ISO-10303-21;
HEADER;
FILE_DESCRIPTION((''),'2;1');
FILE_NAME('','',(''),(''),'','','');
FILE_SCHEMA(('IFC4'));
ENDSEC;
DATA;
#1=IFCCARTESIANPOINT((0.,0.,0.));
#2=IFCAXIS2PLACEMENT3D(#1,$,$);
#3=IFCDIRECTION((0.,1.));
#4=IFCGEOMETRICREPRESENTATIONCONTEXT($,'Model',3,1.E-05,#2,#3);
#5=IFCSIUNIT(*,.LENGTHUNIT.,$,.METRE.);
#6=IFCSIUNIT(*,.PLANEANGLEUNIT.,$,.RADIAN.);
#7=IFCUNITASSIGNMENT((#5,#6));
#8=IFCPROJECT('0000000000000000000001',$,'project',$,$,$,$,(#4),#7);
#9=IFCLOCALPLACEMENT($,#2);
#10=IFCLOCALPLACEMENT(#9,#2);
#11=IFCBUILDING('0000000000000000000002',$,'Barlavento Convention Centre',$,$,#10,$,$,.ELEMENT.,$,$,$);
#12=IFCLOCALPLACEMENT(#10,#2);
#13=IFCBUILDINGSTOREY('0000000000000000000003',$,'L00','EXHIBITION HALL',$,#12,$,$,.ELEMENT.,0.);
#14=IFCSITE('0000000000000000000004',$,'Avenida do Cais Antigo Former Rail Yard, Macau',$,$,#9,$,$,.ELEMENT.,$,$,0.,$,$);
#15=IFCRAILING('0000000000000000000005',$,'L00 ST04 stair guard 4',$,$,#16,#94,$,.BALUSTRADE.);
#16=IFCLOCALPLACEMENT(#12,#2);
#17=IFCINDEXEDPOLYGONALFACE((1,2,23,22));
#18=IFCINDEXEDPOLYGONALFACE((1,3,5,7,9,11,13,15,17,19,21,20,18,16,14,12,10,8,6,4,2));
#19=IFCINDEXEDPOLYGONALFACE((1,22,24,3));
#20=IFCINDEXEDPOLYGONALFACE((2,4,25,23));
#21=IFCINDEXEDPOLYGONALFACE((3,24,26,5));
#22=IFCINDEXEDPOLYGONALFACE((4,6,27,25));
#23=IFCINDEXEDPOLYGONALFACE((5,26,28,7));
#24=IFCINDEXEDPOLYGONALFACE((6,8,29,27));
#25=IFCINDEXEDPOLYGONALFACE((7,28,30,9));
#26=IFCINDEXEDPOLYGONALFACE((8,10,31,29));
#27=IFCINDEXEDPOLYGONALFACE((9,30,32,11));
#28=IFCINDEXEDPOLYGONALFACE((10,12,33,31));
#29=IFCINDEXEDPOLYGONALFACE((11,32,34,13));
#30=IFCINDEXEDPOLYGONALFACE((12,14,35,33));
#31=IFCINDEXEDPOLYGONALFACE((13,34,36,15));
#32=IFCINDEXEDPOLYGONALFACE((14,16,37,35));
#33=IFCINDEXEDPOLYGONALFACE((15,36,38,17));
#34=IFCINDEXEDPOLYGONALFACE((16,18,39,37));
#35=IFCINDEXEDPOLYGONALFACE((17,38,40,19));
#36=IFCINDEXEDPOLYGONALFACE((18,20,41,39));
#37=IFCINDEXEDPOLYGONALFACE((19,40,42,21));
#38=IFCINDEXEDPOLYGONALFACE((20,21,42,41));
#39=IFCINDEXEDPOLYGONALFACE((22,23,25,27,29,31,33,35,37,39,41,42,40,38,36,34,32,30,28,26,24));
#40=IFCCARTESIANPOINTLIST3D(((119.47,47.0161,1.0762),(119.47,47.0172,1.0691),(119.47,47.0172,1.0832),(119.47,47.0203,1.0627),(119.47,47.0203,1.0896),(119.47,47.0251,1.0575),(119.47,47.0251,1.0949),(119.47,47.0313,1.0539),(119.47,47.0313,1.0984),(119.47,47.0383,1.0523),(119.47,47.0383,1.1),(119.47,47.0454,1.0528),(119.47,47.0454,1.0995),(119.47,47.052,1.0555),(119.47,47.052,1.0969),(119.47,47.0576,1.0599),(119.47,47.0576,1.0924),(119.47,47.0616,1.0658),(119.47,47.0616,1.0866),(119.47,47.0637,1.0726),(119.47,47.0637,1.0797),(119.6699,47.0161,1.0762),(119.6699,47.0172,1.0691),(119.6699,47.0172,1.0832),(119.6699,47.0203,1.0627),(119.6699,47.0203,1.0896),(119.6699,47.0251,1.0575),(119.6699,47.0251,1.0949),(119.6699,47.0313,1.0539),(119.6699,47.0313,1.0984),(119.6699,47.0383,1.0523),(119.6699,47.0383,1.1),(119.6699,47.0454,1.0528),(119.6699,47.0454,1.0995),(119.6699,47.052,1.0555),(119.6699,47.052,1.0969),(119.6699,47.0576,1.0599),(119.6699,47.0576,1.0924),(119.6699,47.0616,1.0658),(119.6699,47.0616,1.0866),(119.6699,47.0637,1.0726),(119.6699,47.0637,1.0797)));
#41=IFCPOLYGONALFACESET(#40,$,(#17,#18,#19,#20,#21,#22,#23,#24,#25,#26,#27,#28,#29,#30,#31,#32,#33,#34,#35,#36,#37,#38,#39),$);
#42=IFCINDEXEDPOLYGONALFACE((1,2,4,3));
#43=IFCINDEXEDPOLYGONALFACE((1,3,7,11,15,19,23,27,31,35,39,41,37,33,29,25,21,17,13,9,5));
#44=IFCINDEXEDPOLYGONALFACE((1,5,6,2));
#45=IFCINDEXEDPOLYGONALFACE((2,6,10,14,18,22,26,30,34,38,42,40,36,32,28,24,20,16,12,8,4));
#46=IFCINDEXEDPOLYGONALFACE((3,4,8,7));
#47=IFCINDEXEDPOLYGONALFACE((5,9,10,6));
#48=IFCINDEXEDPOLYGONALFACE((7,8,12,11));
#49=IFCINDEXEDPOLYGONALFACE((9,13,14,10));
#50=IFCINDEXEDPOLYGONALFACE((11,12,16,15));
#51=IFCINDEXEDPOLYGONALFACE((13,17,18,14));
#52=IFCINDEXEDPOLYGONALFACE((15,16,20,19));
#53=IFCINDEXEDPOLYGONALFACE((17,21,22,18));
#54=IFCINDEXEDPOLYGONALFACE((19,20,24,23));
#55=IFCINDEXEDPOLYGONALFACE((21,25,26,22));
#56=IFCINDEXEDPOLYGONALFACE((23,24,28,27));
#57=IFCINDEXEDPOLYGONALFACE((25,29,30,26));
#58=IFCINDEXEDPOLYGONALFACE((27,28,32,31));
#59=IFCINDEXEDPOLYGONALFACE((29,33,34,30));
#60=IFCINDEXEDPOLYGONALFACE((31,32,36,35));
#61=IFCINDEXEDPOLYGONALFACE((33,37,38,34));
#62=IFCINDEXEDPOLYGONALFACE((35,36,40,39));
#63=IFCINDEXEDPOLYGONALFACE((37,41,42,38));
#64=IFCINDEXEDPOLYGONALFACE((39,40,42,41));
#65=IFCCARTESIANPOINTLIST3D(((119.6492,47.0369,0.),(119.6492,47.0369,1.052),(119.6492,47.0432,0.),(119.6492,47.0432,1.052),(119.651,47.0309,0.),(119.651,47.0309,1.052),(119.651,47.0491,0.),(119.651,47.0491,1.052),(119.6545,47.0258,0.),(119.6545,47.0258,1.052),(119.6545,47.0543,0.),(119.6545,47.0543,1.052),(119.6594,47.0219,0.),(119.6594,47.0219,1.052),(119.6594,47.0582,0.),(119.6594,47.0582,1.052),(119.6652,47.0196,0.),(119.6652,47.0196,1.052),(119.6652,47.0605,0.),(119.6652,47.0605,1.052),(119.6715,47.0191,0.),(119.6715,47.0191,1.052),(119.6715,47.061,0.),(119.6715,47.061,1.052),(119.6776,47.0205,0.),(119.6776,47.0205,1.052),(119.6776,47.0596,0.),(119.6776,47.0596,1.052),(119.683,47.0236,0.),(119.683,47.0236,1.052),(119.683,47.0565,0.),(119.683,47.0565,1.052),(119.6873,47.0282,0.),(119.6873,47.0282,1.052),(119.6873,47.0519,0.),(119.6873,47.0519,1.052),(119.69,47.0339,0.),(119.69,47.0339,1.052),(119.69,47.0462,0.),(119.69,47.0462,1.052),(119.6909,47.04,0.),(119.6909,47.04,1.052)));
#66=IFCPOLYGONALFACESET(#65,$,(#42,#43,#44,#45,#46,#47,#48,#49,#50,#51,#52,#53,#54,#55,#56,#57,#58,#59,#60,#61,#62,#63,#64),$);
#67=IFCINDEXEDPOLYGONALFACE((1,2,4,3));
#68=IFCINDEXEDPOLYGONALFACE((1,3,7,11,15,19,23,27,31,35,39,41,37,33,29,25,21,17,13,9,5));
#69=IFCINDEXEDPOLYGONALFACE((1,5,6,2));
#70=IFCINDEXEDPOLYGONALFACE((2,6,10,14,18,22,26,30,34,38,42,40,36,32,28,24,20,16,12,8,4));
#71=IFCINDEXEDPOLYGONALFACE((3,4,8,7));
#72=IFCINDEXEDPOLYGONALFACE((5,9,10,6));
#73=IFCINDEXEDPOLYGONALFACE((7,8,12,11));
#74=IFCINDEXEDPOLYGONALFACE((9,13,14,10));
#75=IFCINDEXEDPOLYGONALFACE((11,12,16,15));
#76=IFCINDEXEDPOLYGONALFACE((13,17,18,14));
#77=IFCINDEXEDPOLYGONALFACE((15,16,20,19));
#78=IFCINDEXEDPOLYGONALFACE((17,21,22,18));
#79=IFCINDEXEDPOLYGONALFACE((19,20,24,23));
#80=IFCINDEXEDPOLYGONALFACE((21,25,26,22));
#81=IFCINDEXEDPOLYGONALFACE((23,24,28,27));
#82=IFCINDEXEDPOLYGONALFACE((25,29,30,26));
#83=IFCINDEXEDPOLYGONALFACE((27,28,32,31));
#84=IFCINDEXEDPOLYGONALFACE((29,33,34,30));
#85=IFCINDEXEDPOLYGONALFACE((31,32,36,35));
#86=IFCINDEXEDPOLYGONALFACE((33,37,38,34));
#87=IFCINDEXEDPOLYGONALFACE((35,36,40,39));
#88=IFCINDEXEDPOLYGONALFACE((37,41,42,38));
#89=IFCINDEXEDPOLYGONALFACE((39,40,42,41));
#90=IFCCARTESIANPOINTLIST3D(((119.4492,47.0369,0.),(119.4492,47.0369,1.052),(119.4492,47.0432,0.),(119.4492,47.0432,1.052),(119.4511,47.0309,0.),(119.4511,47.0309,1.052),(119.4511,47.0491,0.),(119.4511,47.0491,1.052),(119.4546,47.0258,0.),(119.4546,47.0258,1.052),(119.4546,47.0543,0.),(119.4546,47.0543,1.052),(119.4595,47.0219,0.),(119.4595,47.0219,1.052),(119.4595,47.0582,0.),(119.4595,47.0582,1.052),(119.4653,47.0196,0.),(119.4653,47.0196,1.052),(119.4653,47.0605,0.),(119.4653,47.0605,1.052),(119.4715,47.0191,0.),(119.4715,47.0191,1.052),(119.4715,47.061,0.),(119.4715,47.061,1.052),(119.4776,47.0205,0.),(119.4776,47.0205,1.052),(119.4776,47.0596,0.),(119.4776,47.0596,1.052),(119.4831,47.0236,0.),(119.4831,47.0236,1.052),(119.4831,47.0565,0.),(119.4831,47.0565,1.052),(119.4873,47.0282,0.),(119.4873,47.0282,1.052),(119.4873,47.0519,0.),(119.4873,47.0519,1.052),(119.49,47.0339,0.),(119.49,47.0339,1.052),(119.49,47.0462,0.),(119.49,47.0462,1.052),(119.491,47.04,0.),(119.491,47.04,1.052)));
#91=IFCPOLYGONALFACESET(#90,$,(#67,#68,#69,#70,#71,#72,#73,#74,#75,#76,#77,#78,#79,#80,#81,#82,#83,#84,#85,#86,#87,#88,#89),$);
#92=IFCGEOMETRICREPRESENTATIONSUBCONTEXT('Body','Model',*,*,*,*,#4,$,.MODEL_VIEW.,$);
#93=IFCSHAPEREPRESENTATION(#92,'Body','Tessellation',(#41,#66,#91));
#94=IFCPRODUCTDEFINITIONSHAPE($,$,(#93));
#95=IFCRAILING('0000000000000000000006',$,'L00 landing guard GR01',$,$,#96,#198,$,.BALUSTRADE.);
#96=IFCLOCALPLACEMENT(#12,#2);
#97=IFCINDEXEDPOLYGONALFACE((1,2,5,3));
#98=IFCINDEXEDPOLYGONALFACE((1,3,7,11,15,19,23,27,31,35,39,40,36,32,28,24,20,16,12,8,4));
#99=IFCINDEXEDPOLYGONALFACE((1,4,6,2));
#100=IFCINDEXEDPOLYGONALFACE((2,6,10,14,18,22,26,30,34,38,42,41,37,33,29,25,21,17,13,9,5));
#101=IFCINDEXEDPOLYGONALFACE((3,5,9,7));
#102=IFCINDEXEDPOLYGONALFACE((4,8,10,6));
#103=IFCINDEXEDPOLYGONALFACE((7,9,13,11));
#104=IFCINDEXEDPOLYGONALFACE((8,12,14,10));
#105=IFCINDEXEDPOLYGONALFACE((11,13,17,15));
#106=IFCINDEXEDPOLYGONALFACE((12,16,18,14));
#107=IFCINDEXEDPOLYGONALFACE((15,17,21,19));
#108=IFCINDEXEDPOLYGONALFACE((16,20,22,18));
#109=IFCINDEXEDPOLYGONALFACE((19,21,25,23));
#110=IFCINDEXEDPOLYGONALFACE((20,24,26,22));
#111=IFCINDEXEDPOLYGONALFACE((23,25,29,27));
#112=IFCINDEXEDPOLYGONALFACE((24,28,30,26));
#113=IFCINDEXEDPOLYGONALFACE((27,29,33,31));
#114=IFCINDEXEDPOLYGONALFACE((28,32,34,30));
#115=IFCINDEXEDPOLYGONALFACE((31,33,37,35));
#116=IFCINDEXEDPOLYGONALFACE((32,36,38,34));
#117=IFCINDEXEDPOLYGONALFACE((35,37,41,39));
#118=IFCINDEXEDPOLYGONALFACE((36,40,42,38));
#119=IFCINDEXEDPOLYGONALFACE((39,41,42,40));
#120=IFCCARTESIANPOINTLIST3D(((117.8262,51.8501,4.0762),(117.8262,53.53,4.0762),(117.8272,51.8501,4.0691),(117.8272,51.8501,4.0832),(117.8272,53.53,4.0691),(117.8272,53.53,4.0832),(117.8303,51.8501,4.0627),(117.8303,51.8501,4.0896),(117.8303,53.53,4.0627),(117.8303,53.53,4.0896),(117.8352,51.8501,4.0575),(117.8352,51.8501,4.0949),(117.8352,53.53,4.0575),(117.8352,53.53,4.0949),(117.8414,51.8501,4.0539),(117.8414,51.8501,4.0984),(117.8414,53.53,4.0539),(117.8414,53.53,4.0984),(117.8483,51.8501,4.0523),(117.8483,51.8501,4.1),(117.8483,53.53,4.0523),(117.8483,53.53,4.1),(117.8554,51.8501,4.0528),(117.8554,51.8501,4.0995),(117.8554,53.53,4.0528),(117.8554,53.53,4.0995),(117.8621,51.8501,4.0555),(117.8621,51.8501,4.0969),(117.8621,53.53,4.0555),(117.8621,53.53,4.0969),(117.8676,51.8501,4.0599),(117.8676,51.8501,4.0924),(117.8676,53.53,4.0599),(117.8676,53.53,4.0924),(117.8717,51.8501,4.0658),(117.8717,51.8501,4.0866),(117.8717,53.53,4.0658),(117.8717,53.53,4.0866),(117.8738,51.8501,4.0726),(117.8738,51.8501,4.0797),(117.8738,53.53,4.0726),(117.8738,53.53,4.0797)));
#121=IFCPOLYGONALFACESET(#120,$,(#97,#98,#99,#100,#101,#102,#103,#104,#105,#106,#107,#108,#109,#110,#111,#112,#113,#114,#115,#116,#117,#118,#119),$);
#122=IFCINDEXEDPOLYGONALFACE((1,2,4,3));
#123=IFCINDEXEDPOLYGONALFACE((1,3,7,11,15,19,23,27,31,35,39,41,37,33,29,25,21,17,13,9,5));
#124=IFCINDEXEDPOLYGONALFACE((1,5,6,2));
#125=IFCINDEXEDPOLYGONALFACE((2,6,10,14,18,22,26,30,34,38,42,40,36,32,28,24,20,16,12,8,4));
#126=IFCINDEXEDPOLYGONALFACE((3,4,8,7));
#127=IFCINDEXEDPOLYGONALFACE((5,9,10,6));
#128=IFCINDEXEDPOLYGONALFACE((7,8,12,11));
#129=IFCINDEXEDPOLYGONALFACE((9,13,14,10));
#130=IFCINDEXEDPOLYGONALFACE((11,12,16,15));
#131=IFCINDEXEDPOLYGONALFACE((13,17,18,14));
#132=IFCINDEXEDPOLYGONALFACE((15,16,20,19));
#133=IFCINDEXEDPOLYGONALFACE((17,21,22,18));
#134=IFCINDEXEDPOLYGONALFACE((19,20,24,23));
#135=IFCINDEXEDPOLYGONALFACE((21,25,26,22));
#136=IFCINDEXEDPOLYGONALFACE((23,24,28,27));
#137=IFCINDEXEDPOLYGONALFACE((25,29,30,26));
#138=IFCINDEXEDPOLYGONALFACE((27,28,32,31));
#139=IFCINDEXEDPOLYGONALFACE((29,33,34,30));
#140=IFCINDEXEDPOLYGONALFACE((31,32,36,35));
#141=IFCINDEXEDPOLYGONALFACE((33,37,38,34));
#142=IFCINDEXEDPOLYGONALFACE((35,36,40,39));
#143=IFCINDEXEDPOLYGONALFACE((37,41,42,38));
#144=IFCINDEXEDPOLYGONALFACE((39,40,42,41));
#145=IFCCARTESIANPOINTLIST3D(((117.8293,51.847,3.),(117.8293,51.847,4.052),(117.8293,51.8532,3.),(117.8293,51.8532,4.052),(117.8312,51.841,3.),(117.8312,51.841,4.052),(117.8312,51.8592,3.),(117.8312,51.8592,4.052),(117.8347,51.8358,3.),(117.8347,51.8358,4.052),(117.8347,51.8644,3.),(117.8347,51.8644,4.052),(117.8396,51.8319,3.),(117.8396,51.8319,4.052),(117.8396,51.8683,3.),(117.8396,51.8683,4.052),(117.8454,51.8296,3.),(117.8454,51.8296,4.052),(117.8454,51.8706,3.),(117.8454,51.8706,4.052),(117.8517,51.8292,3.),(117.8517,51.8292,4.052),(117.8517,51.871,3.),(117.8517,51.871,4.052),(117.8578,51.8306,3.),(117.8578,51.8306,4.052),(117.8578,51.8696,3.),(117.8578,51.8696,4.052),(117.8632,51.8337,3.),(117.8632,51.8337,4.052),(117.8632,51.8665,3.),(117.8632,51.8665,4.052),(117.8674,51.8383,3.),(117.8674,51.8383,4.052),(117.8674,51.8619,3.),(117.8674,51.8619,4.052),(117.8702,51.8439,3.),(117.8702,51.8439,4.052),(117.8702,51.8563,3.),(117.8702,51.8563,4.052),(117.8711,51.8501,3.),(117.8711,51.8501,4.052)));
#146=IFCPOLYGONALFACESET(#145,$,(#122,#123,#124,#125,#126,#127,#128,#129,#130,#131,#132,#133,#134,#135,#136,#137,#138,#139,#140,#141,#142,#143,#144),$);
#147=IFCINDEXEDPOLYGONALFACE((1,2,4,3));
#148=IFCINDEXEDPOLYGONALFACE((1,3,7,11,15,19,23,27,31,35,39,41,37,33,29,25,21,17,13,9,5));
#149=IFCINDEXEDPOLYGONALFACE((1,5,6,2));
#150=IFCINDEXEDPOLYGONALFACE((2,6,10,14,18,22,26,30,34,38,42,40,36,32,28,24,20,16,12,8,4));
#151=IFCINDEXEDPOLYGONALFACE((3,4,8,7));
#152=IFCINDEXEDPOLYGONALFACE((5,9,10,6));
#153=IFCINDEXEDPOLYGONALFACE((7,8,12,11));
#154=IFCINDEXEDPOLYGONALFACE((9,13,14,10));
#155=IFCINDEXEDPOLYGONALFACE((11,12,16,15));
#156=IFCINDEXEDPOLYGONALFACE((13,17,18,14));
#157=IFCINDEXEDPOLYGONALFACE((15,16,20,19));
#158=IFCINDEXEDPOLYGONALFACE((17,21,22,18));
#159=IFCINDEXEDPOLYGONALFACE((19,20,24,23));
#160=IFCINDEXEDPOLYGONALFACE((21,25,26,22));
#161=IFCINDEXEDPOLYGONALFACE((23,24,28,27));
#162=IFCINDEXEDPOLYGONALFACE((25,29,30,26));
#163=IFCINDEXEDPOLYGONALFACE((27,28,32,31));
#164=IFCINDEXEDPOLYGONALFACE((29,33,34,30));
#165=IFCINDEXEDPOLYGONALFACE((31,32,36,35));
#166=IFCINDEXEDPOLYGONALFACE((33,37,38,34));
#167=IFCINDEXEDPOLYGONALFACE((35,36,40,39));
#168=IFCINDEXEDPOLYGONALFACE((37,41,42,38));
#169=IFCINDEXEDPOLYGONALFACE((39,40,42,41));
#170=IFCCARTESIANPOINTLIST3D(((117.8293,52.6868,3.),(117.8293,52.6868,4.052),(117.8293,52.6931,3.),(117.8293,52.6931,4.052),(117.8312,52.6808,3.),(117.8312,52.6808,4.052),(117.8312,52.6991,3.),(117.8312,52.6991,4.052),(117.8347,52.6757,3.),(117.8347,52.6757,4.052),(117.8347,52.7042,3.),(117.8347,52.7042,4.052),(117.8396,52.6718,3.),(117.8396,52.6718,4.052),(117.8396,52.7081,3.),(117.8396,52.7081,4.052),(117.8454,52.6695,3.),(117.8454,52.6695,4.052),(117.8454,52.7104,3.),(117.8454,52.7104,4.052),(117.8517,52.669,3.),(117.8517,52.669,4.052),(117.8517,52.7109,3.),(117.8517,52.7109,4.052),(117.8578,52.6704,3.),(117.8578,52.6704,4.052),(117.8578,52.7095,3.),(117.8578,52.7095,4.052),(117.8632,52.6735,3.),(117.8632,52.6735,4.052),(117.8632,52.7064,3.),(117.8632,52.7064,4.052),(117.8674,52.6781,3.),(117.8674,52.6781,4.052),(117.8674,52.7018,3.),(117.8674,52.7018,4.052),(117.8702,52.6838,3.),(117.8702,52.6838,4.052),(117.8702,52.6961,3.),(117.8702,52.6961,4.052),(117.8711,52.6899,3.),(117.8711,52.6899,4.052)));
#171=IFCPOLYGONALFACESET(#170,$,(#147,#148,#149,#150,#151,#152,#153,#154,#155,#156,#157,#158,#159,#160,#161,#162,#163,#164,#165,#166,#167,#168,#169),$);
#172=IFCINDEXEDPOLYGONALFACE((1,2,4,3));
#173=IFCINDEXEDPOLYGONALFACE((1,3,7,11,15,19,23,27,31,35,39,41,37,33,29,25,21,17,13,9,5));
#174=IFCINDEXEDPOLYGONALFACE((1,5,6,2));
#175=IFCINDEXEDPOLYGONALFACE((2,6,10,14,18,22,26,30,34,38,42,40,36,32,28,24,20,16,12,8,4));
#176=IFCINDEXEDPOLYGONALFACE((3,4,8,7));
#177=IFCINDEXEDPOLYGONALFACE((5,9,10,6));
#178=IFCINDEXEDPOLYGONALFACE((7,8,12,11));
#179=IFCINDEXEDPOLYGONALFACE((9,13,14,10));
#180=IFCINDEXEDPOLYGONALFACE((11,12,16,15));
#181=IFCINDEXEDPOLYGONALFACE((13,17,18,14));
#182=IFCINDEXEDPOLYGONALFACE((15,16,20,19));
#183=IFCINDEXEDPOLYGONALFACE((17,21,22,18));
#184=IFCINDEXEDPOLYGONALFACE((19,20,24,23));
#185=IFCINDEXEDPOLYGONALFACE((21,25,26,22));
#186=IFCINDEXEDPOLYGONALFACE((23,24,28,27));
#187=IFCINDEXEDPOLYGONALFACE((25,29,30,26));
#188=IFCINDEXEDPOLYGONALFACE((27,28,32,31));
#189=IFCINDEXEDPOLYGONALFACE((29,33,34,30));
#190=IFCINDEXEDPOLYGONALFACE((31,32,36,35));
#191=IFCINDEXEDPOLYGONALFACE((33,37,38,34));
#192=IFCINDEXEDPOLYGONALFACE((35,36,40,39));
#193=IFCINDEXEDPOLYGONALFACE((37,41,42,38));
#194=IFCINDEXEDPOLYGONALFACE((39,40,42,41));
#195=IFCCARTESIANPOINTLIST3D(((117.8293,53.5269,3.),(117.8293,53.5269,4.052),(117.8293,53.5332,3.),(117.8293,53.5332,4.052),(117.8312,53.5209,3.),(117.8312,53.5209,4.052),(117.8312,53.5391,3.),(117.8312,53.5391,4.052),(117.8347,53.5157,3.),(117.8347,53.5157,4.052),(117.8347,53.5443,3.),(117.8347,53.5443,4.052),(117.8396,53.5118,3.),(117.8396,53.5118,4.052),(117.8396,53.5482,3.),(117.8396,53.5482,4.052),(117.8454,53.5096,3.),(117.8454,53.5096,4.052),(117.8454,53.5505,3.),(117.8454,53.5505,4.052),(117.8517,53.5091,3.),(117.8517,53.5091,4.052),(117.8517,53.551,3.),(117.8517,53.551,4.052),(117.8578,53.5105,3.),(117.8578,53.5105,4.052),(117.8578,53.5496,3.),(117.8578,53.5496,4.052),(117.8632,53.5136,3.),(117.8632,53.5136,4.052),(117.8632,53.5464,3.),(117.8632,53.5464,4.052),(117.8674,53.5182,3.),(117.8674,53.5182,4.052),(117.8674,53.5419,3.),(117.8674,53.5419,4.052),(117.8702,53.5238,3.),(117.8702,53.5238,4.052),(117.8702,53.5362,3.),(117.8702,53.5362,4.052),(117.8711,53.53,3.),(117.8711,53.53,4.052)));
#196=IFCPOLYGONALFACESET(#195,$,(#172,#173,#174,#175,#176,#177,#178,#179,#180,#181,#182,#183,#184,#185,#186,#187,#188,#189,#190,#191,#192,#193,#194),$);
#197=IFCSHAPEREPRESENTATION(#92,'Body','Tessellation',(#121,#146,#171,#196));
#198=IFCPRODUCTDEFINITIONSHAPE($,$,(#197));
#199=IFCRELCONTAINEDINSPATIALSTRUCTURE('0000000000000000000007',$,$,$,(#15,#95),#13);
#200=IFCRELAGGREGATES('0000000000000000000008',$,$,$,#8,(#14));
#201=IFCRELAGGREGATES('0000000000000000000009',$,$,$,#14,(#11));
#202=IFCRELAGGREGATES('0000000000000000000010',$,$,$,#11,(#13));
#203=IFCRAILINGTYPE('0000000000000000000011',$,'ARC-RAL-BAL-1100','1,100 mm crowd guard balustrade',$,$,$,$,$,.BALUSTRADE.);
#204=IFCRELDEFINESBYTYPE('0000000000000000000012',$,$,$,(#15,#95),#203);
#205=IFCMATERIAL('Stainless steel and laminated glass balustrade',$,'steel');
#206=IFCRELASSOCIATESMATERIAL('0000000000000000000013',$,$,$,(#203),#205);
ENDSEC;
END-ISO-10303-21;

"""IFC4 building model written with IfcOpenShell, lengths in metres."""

from ifc_helpers import new_model, si_unit, direction, frame, origin, origin_2d, place, context, subcontext, project, spatial, circle, extrude, material, type_object, element, save


model = new_model("IFC4")

# Units and contexts
model_context = context("Model", 3, precision=1e-05, world=origin(), true_north=direction((0.0, 1.0)))
body_context = subcontext(model_context, "Body", "Model", "MODEL_VIEW")
ifc_project = project(units=[si_unit("LENGTHUNIT", "METRE"), si_unit("PLANEANGLEUNIT", "RADIAN")], contexts=[model_context])

# Site, building, storey
site_placement = place(None, origin())
site = spatial("IfcSite", under=ifc_project, at=site_placement, Name="Avenida do Cais Antigo Former Rail Yard, Macau", CompositionType="ELEMENT", RefElevation=0.0)
building_placement = place(site_placement, origin())
building = spatial("IfcBuilding", under=site, at=building_placement, Name="Barlavento Convention Centre", CompositionType="ELEMENT")
storey_placement = place(building_placement, origin())
storey = spatial("IfcBuildingStorey", under=building, at=storey_placement, Name="L00", Description="EXHIBITION HALL", CompositionType="ELEMENT", Elevation=0.0)

# Railings
ifc_material_1 = material(Name="Stainless steel and laminated glass balustrade", Category="steel")
railing_type_1 = type_object("IfcRailingType", Name="ARC-RAL-BAL-1100", Description="1,100 mm crowd guard balustrade", PredefinedType="BALUSTRADE", material=ifc_material_1)
railing_1_placement = place(storey_placement, frame((119.6699, 47.04, 0.0)))
element("IfcRailing", 1, at=railing_1_placement, inside=storey, type_object=railing_type_1, Name="L00 ST04 stair guard 4", PredefinedType="BALUSTRADE", context=body_context, shape_type="SweptSolid", body=[
    extrude(circle(Radius=0.0239, at=origin_2d()), frame((0.0, 0.0, 1.0762), z_axis=(-1.0, 0.0, 0.0), x_axis=(0.0, -1.0, 0.0)), (0.0, 0.0, 1.0), 0.2),
    extrude(circle(Radius=0.021, at=origin_2d()), origin(), (0.0, 0.0, 1.0), 1.052),
    extrude(circle(Radius=0.021, at=origin_2d()), frame((-0.2, 0.0, 0.0)), (0.0, 0.0, 1.0), 1.052),
])
railing_2_placement = place(storey_placement, frame((117.8501, 51.8501, 3.0)))
element("IfcRailing", 2, at=railing_2_placement, inside=storey, type_object=railing_type_1, Name="L00 landing guard GR01", PredefinedType="BALUSTRADE", context=body_context, shape_type="SweptSolid", body=[
    extrude(circle(Radius=0.0239, at=origin_2d()), frame((0.0, 0.0, 1.0762), z_axis=(0.0, 1.0, 0.0), x_axis=(-1.0, 0.0, 0.0)), (0.0, 0.0, 1.0), 1.6799),
    extrude(circle(Radius=0.021, at=origin_2d()), origin(), (0.0, 0.0, 1.0), 1.052),
    extrude(circle(Radius=0.021, at=origin_2d()), frame((0.0, 0.8398, 0.0)), (0.0, 0.0, 1.0), 1.052),
    extrude(circle(Radius=0.021, at=origin_2d()), frame((0.0, 1.6799, 0.0)), (0.0, 0.0, 1.0), 1.052),
])

save(model, "model.ifc")
